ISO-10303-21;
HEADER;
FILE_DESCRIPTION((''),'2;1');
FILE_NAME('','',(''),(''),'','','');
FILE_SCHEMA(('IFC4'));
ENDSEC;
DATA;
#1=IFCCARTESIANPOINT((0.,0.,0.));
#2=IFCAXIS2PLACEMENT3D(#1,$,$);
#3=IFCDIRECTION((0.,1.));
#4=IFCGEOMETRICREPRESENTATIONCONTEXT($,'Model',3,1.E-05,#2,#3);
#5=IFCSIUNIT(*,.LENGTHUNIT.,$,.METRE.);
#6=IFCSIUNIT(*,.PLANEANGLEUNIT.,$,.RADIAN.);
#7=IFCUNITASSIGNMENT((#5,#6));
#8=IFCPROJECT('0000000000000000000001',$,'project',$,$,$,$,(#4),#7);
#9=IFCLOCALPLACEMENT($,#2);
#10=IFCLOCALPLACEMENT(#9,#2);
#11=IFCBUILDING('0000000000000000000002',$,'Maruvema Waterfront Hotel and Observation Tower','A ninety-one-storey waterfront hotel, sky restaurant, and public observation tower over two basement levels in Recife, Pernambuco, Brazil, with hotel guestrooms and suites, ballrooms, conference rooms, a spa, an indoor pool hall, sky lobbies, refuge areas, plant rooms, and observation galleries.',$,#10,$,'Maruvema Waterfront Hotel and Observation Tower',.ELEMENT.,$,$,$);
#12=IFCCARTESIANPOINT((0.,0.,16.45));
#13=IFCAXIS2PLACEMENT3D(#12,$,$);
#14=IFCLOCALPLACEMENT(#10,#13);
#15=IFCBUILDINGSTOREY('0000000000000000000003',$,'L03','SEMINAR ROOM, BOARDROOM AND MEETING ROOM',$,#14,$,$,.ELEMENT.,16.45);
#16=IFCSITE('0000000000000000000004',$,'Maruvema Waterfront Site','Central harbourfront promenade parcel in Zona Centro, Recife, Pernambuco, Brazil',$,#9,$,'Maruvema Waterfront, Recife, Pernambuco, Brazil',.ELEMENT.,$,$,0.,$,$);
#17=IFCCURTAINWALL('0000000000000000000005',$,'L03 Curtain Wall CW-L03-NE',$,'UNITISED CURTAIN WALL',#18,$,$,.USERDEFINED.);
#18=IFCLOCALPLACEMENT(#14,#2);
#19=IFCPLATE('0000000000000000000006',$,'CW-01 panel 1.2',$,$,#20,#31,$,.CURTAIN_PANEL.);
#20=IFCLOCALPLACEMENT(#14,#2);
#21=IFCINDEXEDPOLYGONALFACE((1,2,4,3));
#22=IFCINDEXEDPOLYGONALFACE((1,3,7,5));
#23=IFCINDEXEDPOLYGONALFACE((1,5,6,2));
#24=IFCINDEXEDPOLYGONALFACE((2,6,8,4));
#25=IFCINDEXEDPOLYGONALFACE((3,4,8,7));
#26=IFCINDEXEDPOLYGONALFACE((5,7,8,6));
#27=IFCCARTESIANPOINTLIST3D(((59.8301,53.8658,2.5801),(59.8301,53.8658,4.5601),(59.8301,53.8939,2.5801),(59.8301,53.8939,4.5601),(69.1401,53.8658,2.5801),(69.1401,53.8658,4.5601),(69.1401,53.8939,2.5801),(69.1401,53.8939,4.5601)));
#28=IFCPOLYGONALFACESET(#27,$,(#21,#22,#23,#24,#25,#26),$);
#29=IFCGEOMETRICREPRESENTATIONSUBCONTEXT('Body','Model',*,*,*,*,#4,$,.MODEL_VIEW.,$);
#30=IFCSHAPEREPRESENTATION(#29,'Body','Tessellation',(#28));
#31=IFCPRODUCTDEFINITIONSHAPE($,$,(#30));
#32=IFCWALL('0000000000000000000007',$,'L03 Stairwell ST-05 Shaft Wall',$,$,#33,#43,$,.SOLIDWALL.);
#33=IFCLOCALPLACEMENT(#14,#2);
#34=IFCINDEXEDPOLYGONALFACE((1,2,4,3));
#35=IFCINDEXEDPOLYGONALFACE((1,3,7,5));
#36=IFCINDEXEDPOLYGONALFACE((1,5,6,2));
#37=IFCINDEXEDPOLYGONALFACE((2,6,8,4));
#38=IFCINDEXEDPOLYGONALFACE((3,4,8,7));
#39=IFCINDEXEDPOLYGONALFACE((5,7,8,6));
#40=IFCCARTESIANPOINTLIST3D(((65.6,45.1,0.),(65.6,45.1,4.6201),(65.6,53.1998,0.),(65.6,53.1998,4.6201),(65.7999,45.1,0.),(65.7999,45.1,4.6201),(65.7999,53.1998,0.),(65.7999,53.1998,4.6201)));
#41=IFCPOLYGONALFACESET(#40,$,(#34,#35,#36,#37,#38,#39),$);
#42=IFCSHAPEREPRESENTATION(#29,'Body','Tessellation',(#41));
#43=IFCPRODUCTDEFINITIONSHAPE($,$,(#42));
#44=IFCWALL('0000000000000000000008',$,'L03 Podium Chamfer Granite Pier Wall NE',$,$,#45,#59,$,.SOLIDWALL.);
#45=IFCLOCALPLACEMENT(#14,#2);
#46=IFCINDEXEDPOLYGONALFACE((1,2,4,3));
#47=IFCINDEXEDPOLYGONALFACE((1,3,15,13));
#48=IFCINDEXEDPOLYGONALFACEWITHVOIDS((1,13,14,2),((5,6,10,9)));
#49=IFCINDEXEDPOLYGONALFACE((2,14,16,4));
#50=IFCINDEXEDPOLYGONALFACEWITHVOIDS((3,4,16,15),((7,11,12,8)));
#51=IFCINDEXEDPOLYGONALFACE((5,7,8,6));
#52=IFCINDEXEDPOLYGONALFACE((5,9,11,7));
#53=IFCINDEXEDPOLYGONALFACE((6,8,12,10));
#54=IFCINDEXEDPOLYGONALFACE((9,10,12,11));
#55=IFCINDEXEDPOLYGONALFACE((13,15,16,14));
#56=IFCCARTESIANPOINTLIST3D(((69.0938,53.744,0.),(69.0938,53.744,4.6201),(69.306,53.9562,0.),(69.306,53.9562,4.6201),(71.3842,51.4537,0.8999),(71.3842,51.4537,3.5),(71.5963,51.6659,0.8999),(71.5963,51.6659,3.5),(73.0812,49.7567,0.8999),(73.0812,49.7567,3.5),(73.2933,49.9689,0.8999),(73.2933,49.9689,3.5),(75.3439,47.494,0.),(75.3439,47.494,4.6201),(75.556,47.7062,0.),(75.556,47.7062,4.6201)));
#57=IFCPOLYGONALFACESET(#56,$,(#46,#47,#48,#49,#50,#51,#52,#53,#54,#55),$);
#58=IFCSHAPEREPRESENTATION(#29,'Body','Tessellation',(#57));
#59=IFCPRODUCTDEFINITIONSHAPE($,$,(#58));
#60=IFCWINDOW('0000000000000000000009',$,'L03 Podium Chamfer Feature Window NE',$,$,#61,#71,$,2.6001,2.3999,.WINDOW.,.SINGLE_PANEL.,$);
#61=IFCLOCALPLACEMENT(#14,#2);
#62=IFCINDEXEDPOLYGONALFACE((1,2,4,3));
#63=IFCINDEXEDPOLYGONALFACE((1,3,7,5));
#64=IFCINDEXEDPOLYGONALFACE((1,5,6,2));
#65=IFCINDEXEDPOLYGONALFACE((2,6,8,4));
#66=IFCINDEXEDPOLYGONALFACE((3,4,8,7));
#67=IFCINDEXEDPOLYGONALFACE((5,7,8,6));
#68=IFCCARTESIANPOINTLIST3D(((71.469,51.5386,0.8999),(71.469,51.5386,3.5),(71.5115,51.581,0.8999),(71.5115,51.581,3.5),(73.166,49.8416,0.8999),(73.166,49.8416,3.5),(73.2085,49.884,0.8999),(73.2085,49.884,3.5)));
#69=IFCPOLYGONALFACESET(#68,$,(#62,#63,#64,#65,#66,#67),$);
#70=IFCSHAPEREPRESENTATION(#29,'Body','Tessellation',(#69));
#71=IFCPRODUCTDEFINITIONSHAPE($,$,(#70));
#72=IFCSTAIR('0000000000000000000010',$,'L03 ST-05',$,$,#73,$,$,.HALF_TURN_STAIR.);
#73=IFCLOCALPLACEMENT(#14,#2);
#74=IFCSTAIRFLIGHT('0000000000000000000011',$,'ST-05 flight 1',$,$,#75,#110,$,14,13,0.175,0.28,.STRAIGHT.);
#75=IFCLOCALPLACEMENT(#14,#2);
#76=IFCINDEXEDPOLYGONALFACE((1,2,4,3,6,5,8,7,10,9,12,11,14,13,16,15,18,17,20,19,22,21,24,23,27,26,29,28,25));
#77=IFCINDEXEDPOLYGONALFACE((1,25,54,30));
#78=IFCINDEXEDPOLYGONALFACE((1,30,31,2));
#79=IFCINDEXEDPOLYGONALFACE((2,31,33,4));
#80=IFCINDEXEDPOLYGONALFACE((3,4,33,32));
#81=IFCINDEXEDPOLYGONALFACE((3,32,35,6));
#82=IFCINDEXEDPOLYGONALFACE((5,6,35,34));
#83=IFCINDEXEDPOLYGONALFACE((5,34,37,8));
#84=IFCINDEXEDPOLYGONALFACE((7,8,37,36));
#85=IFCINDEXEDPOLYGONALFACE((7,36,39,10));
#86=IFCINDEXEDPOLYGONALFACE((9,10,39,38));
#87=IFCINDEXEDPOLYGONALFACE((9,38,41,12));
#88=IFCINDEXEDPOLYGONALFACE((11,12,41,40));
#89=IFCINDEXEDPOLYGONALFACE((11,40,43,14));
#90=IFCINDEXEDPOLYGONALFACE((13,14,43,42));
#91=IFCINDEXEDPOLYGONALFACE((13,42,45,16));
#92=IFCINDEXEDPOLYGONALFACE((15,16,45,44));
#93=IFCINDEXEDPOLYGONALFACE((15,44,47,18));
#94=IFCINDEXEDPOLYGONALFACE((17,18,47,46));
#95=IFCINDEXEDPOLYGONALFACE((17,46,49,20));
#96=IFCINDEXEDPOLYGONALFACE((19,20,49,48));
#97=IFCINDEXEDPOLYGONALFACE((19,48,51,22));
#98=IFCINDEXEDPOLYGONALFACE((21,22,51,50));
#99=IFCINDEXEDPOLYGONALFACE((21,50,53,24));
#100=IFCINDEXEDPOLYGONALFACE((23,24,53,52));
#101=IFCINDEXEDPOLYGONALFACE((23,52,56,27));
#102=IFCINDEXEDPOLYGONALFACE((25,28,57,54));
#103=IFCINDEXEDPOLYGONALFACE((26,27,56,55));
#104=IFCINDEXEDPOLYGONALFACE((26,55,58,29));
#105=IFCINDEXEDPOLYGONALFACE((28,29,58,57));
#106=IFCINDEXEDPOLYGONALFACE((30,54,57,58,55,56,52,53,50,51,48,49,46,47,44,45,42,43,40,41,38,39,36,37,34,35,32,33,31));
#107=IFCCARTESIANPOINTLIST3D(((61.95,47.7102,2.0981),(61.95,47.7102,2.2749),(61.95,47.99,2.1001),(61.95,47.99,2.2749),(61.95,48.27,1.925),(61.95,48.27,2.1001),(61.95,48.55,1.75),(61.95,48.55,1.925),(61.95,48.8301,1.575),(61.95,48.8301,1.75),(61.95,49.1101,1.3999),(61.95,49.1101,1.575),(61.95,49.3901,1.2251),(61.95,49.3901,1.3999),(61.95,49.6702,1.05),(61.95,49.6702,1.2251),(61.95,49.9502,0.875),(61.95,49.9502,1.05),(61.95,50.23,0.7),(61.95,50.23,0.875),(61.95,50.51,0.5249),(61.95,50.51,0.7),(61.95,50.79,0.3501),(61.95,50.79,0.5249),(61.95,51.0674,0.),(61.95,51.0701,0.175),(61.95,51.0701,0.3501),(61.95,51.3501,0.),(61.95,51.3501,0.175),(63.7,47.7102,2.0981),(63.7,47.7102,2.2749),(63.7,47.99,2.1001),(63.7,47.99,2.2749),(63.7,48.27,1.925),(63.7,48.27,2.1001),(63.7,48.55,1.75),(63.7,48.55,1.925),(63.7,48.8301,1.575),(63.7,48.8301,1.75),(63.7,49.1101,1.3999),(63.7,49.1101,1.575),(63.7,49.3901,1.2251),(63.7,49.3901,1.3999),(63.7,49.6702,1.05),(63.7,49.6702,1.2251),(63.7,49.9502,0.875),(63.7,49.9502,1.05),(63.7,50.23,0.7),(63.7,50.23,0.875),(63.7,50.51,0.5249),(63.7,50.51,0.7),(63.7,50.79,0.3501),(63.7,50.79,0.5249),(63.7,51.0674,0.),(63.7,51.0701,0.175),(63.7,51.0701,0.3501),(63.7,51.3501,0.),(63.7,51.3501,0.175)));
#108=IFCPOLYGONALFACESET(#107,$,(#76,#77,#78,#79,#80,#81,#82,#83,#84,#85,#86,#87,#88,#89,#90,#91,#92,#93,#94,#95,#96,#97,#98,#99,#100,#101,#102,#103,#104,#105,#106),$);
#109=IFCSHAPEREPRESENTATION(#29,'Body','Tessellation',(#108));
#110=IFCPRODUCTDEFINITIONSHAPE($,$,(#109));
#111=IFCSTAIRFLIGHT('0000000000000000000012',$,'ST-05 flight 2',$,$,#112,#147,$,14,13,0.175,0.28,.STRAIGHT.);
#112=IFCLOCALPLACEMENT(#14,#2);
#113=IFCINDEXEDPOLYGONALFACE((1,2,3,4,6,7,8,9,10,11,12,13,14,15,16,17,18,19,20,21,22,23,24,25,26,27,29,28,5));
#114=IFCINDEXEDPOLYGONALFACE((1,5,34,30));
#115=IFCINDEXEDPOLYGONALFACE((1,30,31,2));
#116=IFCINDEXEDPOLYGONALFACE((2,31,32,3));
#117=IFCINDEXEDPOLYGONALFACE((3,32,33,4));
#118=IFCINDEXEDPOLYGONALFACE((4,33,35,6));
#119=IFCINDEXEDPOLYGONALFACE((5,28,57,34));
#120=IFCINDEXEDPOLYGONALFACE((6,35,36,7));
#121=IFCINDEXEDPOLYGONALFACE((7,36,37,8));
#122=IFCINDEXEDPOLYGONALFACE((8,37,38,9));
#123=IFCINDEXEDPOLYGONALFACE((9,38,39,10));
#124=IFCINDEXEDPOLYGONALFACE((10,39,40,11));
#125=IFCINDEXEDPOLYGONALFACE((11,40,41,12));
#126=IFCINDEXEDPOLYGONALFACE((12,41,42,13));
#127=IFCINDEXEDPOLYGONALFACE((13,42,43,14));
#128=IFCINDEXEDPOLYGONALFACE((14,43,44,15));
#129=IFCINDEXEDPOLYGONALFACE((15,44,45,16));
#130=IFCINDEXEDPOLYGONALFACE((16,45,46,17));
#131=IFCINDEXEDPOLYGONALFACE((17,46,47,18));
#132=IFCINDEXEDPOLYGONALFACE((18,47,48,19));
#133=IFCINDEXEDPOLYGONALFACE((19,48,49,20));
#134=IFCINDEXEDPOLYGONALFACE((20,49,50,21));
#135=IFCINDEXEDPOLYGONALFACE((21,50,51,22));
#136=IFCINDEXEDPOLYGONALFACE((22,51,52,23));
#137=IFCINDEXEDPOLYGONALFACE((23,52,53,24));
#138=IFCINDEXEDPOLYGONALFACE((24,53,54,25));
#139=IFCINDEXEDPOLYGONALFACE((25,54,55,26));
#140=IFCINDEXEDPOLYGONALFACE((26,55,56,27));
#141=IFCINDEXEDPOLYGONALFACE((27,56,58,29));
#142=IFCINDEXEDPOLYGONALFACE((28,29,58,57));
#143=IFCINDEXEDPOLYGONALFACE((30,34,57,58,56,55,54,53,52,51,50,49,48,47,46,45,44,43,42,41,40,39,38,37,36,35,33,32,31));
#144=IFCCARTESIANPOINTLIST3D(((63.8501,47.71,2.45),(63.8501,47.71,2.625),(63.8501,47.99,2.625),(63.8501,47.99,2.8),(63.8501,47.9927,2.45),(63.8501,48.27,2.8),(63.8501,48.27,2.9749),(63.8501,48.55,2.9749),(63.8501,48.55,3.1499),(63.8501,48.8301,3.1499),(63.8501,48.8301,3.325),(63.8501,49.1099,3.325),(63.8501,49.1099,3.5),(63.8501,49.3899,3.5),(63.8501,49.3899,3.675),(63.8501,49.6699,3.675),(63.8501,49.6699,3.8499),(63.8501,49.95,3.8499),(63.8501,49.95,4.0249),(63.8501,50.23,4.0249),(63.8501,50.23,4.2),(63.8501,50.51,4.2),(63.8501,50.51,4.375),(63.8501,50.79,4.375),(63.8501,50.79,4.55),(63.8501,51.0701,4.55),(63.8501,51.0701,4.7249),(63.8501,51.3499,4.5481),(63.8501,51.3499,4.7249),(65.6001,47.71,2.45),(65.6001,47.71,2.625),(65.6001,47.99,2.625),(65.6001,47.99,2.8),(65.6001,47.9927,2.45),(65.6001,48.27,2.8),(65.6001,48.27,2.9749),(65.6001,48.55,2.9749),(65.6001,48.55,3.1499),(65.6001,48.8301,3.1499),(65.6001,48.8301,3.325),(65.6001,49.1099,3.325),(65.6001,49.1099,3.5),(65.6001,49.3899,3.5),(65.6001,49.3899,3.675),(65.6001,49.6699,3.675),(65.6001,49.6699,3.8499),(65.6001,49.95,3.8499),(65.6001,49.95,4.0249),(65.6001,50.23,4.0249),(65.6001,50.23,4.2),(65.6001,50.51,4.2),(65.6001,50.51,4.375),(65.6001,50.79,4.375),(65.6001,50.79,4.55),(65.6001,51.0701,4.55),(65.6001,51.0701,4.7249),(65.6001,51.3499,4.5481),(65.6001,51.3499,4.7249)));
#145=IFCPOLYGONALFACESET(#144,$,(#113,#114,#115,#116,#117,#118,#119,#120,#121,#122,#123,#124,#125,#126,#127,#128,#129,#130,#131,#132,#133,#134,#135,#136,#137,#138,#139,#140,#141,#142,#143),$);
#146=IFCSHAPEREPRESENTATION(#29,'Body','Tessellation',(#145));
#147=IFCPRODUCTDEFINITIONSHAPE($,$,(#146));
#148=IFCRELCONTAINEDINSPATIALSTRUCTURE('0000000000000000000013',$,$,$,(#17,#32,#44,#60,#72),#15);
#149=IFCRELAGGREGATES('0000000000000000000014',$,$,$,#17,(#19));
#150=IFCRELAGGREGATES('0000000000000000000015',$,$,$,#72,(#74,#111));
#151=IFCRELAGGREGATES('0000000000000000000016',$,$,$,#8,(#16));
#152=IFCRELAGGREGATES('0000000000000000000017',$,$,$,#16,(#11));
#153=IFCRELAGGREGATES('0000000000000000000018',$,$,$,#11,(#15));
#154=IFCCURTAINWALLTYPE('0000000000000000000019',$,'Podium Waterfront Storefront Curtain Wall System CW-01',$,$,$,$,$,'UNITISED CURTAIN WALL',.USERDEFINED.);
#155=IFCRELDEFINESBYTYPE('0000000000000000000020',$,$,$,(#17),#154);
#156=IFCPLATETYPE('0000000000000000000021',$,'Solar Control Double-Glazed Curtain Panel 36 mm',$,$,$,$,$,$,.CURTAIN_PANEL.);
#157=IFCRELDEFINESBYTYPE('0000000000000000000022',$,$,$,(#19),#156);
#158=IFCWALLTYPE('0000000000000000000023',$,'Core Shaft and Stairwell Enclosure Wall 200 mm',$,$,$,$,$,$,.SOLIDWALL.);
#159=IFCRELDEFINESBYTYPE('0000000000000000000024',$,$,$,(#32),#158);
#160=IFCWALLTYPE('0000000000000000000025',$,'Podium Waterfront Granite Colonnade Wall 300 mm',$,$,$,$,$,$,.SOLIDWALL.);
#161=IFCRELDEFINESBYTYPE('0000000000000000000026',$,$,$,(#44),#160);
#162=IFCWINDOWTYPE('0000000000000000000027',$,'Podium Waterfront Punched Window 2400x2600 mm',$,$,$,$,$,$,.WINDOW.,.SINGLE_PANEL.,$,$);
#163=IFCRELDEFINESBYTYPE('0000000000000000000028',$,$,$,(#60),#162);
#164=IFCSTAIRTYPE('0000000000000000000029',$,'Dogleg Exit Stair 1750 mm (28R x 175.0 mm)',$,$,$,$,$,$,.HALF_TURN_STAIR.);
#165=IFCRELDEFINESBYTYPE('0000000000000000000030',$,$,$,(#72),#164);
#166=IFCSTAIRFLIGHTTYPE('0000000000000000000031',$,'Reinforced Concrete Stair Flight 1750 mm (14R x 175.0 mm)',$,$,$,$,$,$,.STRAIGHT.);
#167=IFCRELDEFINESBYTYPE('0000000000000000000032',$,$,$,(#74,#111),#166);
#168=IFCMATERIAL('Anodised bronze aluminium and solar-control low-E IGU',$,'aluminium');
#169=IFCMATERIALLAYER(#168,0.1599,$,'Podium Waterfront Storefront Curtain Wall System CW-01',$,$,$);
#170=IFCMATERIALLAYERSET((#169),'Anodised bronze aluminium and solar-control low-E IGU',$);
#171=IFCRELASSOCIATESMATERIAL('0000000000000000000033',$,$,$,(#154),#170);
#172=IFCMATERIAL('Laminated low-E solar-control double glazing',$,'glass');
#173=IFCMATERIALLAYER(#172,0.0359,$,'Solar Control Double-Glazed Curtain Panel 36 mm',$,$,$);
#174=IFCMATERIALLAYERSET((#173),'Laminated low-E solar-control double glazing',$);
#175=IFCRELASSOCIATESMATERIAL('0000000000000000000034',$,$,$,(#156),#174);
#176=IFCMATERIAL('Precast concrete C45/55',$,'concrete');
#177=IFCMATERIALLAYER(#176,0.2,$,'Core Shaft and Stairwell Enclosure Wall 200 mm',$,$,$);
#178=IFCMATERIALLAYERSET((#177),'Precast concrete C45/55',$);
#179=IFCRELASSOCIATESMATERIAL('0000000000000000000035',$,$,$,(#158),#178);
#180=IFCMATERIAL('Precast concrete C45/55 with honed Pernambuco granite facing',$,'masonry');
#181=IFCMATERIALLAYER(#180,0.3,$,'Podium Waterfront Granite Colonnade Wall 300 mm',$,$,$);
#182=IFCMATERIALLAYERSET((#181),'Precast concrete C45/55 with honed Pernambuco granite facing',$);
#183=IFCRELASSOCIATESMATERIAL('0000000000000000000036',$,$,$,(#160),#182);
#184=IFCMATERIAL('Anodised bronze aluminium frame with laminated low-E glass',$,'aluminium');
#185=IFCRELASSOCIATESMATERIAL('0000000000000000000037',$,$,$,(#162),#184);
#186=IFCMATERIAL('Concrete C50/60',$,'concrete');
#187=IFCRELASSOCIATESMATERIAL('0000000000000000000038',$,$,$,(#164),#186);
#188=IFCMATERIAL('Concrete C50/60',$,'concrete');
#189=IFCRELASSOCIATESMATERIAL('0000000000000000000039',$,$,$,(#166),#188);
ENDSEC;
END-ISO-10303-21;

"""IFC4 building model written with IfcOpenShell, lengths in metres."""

from ifc_helpers import new_model, si_unit, direction, frame, frame_2d, origin, origin_2d, place, context, subcontext, project, spatial, polyline, rectangle, outline, extrude, material, layer, layer_set, type_object, element, fill, aggregate, save


model = new_model("IFC4")

# Units and contexts
model_context = context("Model", 3, precision=1e-05, world=origin(), true_north=direction((0.0, 1.0)))
body_context = subcontext(model_context, "Body", "Model", "MODEL_VIEW")
ifc_project = project(units=[si_unit("LENGTHUNIT", "METRE"), si_unit("PLANEANGLEUNIT", "RADIAN")], contexts=[model_context])

# Site, building, storey
site_placement = place(None, origin())
site = spatial("IfcSite", under=ifc_project, at=site_placement, Name="Maruvema Waterfront Site", Description="Central harbourfront promenade parcel in Zona Centro, Recife, Pernambuco, Brazil", LongName="Maruvema Waterfront, Recife, Pernambuco, Brazil", CompositionType="ELEMENT", RefElevation=0.0)
building_placement = place(site_placement, origin())
building = spatial("IfcBuilding", under=site, at=building_placement, Name="Maruvema Waterfront Hotel and Observation Tower", Description="A ninety-one-storey waterfront hotel, sky restaurant, and public observation tower over two basement levels in Recife, Pernambuco, Brazil, with hotel guestrooms and suites, ballrooms, conference rooms, a spa, an indoor pool hall, sky lobbies, refuge areas, plant rooms, and observation galleries.", LongName="Maruvema Waterfront Hotel and Observation Tower", CompositionType="ELEMENT")
storey_placement = place(building_placement, frame((0.0, 0.0, 16.45)))
storey = spatial("IfcBuildingStorey", under=building, at=storey_placement, Name="L03", Description="SEMINAR ROOM, BOARDROOM AND MEETING ROOM", CompositionType="ELEMENT", Elevation=16.45)

# Curtain wall
ifc_material_1 = material(Name="Anodised bronze aluminium and solar-control low-E IGU", Category="aluminium")
ifc_layer_1 = layer(ifc_material_1, 0.1599, Name="Podium Waterfront Storefront Curtain Wall System CW-01")
ifc_layer_set_1 = layer_set([ifc_layer_1], Name="Anodised bronze aluminium and solar-control low-E IGU")
curtain_wall_type = type_object("IfcCurtainWallType", Name="Podium Waterfront Storefront Curtain Wall System CW-01", ElementType="UNITISED CURTAIN WALL", PredefinedType="USERDEFINED", material=ifc_layer_set_1)
curtain_wall_1_placement = place(storey_placement, origin())
curtain_wall_1 = element("IfcCurtainWall", 1, at=curtain_wall_1_placement, inside=storey, type_object=curtain_wall_type, Name="L03 Curtain Wall CW-L03-NE", ObjectType="UNITISED CURTAIN WALL", PredefinedType="USERDEFINED")

# Plate
ifc_material_2 = material(Name="Laminated low-E solar-control double glazing", Category="glass")
ifc_layer_2 = layer(ifc_material_2, 0.0359, Name="Solar Control Double-Glazed Curtain Panel 36 mm")
ifc_layer_set_2 = layer_set([ifc_layer_2], Name="Laminated low-E solar-control double glazing")
plate_type = type_object("IfcPlateType", Name="Solar Control Double-Glazed Curtain Panel 36 mm", PredefinedType="CURTAIN_PANEL", material=ifc_layer_set_2)
plate_1_placement = place(storey_placement, frame((64.4851, 53.8799, 2.5801), z_axis=(0.0, 0.0, 1.0), x_axis=(-1.0, 0.0, 0.0)))
plate_1 = element("IfcPlate", 2, at=plate_1_placement, type_object=plate_type, Name="CW-01 panel 1.2", PredefinedType="CURTAIN_PANEL", context=body_context, shape_type="SweptSolid", body=[
    extrude(rectangle(XDim=9.3101, YDim=0.0281, at=origin_2d()), origin(), (0.0, 0.0, 1.0), 1.98),
])
aggregate(curtain_wall_1, [plate_1])

# Wall
ifc_material_3 = material(Name="Precast concrete C45/55", Category="concrete")
ifc_layer_3 = layer(ifc_material_3, 0.2, Name="Core Shaft and Stairwell Enclosure Wall 200 mm")
ifc_layer_set_3 = layer_set([ifc_layer_3], Name="Precast concrete C45/55")
wall_type_1 = type_object("IfcWallType", Name="Core Shaft and Stairwell Enclosure Wall 200 mm", PredefinedType="SOLIDWALL", material=ifc_layer_set_3)
wall_1_placement = place(storey_placement, frame((65.7, 45.1001, 0.0), z_axis=(0.0, 0.0, 1.0), x_axis=(0.0, 1.0, 0.0)))
element("IfcWall", 3, at=wall_1_placement, inside=storey, type_object=wall_type_1, Name="L03 Stairwell ST-05 Shaft Wall", PredefinedType="SOLIDWALL", context=body_context, shape_type="SweptSolid", body=[
    extrude(rectangle(XDim=8.0999, YDim=0.2, at=frame_2d((4.0498, 0.0))), origin(), (0.0, 0.0, 1.0), 4.6201),
])

# Wall, opening, window
ifc_material_4 = material(Name="Precast concrete C45/55 with honed Pernambuco granite facing", Category="masonry")
ifc_layer_4 = layer(ifc_material_4, 0.3, Name="Podium Waterfront Granite Colonnade Wall 300 mm")
ifc_layer_set_4 = layer_set([ifc_layer_4], Name="Precast concrete C45/55 with honed Pernambuco granite facing")
wall_type_2 = type_object("IfcWallType", Name="Podium Waterfront Granite Colonnade Wall 300 mm", PredefinedType="SOLIDWALL", material=ifc_layer_set_4)
wall_2_placement = place(storey_placement, frame((75.45, 47.6001, 0.0), z_axis=(0.0, 0.0, 1.0), x_axis=(-0.707107, 0.707107, 0.0)))
wall_2 = element("IfcWall", 4, at=wall_2_placement, inside=storey, type_object=wall_type_2, Name="L03 Podium Chamfer Granite Pier Wall NE", PredefinedType="SOLIDWALL", context=body_context, shape_type="SweptSolid", body=[
    extrude(rectangle(XDim=8.8389, YDim=0.3, at=frame_2d((4.4194, 0.0))), origin(), (0.0, 0.0, 1.0), 4.6201),
])
opening_placement = place(wall_2_placement, frame((3.2, 0.0, 0.8999)))
opening = element("IfcOpeningElement", 5, at=opening_placement, cuts=wall_2, PredefinedType="OPENING", context=body_context, shape_type="SweptSolid", body=[
    extrude(rectangle(XDim=2.3999, YDim=2.6001, at=frame_2d((1.2, 1.3))), frame((0.0, 0.1602, 0.0), z_axis=(0.0, -1.0, 0.0), x_axis=(1.0, 0.0, 0.0)), (0.0, 0.0, 1.0), 0.3201),
])
ifc_material_5 = material(Name="Anodised bronze aluminium frame with laminated low-E glass", Category="aluminium")
window_type = type_object("IfcWindowType", Name="Podium Waterfront Punched Window 2400x2600 mm", PartitioningType="SINGLE_PANEL", PredefinedType="WINDOW", material=ifc_material_5)
window_placement = place(opening_placement, origin())
window = element("IfcWindow", 6, at=window_placement, inside=storey, type_object=window_type, Name="L03 Podium Chamfer Feature Window NE", OverallHeight=2.6001, OverallWidth=2.3999, PartitioningType="SINGLE_PANEL", PredefinedType="WINDOW", context=body_context, shape_type="SweptSolid", body=[
    extrude(rectangle(XDim=2.3999, YDim=2.6001, at=frame_2d((1.2, 1.3))), frame((0.0, 0.03, 0.0), z_axis=(0.0, -1.0, 0.0), x_axis=(1.0, 0.0, 0.0)), (0.0, 0.0, 1.0), 0.0601),
])
fill(opening, window)

# Stair, stair flights
ifc_material_6 = material(Name="Concrete C50/60", Category="concrete")
stair_type = type_object("IfcStairType", Name="Dogleg Exit Stair 1750 mm (28R x 175.0 mm)", PredefinedType="HALF_TURN_STAIR", material=ifc_material_6)
stair_placement = place(storey_placement, origin())
stair = element("IfcStair", 7, at=stair_placement, inside=storey, type_object=stair_type, Name="L03 ST-05", PredefinedType="HALF_TURN_STAIR")
ifc_material_7 = material(Name="Concrete C50/60", Category="concrete")
stair_flight_type = type_object("IfcStairFlightType", Name="Reinforced Concrete Stair Flight 1750 mm (14R x 175.0 mm)", PredefinedType="STRAIGHT", material=ifc_material_7)
stair_flight_1_placement = place(storey_placement, frame((62.825, 51.3501, 0.0), z_axis=(0.0, 0.0, 1.0), x_axis=(0.0, -1.0, 0.0)))
stair_flight_1 = element("IfcStairFlight", 8, at=stair_flight_1_placement, type_object=stair_flight_type, Name="ST-05 flight 1", NumberOfRisers=14, NumberOfTreads=13, PredefinedType="STRAIGHT", RiserHeight=0.175, TreadLength=0.28, context=body_context, shape_type="SweptSolid", body=[
    extrude(outline(polyline([(0.0, 0.0), (0.0, 0.175), (0.28, 0.175), (0.28, 0.3501), (0.5601, 0.3501), (0.5601, 0.5249), (0.8401, 0.5249), (0.8401, 0.7), (1.1201, 0.7), (1.1201, 0.875), (1.3999, 0.875), (1.3999, 1.05), (1.6799, 1.05), (1.6799, 1.2251), (1.96, 1.2251), (1.96, 1.3999), (2.24, 1.3999), (2.24, 1.575), (2.52, 1.575), (2.52, 1.75), (2.8, 1.75), (2.8, 1.925), (3.0801, 1.925), (3.0801, 2.1001), (3.3601, 2.1001), (3.3601, 2.2749), (3.6399, 2.2749), (3.6399, 2.45), (3.6399, 2.0981), (0.2827, 0.0), (0.0, 0.0)])), frame((0.0, 0.875, 0.0), z_axis=(0.0, -1.0, 0.0), x_axis=(1.0, 0.0, 0.0)), (0.0, 0.0, 1.0), 1.75),
])
stair_flight_2_placement = place(storey_placement, frame((64.7251, 47.71, 2.45), z_axis=(0.0, 0.0, 1.0), x_axis=(0.0, 1.0, 0.0)))
stair_flight_2 = element("IfcStairFlight", 9, at=stair_flight_2_placement, type_object=stair_flight_type, Name="ST-05 flight 2", NumberOfRisers=14, NumberOfTreads=13, PredefinedType="STRAIGHT", RiserHeight=0.175, TreadLength=0.28, context=body_context, shape_type="SweptSolid", body=[
    extrude(outline(polyline([(0.0, 0.0), (0.0, 0.175), (0.28, 0.175), (0.28, 0.3501), (0.5601, 0.3501), (0.5601, 0.5249), (0.8401, 0.5249), (0.8401, 0.7), (1.1201, 0.7), (1.1201, 0.875), (1.3999, 0.875), (1.3999, 1.05), (1.6799, 1.05), (1.6799, 1.2251), (1.96, 1.2251), (1.96, 1.3999), (2.24, 1.3999), (2.24, 1.575), (2.52, 1.575), (2.52, 1.75), (2.8, 1.75), (2.8, 1.925), (3.0801, 1.925), (3.0801, 2.1001), (3.3601, 2.1001), (3.3601, 2.2749), (3.6399, 2.2749), (3.6399, 2.45), (3.6399, 2.0981), (0.2827, 0.0), (0.0, 0.0)])), frame((0.0, 0.875, 0.0), z_axis=(0.0, -1.0, 0.0), x_axis=(1.0, 0.0, 0.0)), (0.0, 0.0, 1.0), 1.75),
])
aggregate(stair, [stair_flight_1, stair_flight_2])

save(model, "model.ifc")
